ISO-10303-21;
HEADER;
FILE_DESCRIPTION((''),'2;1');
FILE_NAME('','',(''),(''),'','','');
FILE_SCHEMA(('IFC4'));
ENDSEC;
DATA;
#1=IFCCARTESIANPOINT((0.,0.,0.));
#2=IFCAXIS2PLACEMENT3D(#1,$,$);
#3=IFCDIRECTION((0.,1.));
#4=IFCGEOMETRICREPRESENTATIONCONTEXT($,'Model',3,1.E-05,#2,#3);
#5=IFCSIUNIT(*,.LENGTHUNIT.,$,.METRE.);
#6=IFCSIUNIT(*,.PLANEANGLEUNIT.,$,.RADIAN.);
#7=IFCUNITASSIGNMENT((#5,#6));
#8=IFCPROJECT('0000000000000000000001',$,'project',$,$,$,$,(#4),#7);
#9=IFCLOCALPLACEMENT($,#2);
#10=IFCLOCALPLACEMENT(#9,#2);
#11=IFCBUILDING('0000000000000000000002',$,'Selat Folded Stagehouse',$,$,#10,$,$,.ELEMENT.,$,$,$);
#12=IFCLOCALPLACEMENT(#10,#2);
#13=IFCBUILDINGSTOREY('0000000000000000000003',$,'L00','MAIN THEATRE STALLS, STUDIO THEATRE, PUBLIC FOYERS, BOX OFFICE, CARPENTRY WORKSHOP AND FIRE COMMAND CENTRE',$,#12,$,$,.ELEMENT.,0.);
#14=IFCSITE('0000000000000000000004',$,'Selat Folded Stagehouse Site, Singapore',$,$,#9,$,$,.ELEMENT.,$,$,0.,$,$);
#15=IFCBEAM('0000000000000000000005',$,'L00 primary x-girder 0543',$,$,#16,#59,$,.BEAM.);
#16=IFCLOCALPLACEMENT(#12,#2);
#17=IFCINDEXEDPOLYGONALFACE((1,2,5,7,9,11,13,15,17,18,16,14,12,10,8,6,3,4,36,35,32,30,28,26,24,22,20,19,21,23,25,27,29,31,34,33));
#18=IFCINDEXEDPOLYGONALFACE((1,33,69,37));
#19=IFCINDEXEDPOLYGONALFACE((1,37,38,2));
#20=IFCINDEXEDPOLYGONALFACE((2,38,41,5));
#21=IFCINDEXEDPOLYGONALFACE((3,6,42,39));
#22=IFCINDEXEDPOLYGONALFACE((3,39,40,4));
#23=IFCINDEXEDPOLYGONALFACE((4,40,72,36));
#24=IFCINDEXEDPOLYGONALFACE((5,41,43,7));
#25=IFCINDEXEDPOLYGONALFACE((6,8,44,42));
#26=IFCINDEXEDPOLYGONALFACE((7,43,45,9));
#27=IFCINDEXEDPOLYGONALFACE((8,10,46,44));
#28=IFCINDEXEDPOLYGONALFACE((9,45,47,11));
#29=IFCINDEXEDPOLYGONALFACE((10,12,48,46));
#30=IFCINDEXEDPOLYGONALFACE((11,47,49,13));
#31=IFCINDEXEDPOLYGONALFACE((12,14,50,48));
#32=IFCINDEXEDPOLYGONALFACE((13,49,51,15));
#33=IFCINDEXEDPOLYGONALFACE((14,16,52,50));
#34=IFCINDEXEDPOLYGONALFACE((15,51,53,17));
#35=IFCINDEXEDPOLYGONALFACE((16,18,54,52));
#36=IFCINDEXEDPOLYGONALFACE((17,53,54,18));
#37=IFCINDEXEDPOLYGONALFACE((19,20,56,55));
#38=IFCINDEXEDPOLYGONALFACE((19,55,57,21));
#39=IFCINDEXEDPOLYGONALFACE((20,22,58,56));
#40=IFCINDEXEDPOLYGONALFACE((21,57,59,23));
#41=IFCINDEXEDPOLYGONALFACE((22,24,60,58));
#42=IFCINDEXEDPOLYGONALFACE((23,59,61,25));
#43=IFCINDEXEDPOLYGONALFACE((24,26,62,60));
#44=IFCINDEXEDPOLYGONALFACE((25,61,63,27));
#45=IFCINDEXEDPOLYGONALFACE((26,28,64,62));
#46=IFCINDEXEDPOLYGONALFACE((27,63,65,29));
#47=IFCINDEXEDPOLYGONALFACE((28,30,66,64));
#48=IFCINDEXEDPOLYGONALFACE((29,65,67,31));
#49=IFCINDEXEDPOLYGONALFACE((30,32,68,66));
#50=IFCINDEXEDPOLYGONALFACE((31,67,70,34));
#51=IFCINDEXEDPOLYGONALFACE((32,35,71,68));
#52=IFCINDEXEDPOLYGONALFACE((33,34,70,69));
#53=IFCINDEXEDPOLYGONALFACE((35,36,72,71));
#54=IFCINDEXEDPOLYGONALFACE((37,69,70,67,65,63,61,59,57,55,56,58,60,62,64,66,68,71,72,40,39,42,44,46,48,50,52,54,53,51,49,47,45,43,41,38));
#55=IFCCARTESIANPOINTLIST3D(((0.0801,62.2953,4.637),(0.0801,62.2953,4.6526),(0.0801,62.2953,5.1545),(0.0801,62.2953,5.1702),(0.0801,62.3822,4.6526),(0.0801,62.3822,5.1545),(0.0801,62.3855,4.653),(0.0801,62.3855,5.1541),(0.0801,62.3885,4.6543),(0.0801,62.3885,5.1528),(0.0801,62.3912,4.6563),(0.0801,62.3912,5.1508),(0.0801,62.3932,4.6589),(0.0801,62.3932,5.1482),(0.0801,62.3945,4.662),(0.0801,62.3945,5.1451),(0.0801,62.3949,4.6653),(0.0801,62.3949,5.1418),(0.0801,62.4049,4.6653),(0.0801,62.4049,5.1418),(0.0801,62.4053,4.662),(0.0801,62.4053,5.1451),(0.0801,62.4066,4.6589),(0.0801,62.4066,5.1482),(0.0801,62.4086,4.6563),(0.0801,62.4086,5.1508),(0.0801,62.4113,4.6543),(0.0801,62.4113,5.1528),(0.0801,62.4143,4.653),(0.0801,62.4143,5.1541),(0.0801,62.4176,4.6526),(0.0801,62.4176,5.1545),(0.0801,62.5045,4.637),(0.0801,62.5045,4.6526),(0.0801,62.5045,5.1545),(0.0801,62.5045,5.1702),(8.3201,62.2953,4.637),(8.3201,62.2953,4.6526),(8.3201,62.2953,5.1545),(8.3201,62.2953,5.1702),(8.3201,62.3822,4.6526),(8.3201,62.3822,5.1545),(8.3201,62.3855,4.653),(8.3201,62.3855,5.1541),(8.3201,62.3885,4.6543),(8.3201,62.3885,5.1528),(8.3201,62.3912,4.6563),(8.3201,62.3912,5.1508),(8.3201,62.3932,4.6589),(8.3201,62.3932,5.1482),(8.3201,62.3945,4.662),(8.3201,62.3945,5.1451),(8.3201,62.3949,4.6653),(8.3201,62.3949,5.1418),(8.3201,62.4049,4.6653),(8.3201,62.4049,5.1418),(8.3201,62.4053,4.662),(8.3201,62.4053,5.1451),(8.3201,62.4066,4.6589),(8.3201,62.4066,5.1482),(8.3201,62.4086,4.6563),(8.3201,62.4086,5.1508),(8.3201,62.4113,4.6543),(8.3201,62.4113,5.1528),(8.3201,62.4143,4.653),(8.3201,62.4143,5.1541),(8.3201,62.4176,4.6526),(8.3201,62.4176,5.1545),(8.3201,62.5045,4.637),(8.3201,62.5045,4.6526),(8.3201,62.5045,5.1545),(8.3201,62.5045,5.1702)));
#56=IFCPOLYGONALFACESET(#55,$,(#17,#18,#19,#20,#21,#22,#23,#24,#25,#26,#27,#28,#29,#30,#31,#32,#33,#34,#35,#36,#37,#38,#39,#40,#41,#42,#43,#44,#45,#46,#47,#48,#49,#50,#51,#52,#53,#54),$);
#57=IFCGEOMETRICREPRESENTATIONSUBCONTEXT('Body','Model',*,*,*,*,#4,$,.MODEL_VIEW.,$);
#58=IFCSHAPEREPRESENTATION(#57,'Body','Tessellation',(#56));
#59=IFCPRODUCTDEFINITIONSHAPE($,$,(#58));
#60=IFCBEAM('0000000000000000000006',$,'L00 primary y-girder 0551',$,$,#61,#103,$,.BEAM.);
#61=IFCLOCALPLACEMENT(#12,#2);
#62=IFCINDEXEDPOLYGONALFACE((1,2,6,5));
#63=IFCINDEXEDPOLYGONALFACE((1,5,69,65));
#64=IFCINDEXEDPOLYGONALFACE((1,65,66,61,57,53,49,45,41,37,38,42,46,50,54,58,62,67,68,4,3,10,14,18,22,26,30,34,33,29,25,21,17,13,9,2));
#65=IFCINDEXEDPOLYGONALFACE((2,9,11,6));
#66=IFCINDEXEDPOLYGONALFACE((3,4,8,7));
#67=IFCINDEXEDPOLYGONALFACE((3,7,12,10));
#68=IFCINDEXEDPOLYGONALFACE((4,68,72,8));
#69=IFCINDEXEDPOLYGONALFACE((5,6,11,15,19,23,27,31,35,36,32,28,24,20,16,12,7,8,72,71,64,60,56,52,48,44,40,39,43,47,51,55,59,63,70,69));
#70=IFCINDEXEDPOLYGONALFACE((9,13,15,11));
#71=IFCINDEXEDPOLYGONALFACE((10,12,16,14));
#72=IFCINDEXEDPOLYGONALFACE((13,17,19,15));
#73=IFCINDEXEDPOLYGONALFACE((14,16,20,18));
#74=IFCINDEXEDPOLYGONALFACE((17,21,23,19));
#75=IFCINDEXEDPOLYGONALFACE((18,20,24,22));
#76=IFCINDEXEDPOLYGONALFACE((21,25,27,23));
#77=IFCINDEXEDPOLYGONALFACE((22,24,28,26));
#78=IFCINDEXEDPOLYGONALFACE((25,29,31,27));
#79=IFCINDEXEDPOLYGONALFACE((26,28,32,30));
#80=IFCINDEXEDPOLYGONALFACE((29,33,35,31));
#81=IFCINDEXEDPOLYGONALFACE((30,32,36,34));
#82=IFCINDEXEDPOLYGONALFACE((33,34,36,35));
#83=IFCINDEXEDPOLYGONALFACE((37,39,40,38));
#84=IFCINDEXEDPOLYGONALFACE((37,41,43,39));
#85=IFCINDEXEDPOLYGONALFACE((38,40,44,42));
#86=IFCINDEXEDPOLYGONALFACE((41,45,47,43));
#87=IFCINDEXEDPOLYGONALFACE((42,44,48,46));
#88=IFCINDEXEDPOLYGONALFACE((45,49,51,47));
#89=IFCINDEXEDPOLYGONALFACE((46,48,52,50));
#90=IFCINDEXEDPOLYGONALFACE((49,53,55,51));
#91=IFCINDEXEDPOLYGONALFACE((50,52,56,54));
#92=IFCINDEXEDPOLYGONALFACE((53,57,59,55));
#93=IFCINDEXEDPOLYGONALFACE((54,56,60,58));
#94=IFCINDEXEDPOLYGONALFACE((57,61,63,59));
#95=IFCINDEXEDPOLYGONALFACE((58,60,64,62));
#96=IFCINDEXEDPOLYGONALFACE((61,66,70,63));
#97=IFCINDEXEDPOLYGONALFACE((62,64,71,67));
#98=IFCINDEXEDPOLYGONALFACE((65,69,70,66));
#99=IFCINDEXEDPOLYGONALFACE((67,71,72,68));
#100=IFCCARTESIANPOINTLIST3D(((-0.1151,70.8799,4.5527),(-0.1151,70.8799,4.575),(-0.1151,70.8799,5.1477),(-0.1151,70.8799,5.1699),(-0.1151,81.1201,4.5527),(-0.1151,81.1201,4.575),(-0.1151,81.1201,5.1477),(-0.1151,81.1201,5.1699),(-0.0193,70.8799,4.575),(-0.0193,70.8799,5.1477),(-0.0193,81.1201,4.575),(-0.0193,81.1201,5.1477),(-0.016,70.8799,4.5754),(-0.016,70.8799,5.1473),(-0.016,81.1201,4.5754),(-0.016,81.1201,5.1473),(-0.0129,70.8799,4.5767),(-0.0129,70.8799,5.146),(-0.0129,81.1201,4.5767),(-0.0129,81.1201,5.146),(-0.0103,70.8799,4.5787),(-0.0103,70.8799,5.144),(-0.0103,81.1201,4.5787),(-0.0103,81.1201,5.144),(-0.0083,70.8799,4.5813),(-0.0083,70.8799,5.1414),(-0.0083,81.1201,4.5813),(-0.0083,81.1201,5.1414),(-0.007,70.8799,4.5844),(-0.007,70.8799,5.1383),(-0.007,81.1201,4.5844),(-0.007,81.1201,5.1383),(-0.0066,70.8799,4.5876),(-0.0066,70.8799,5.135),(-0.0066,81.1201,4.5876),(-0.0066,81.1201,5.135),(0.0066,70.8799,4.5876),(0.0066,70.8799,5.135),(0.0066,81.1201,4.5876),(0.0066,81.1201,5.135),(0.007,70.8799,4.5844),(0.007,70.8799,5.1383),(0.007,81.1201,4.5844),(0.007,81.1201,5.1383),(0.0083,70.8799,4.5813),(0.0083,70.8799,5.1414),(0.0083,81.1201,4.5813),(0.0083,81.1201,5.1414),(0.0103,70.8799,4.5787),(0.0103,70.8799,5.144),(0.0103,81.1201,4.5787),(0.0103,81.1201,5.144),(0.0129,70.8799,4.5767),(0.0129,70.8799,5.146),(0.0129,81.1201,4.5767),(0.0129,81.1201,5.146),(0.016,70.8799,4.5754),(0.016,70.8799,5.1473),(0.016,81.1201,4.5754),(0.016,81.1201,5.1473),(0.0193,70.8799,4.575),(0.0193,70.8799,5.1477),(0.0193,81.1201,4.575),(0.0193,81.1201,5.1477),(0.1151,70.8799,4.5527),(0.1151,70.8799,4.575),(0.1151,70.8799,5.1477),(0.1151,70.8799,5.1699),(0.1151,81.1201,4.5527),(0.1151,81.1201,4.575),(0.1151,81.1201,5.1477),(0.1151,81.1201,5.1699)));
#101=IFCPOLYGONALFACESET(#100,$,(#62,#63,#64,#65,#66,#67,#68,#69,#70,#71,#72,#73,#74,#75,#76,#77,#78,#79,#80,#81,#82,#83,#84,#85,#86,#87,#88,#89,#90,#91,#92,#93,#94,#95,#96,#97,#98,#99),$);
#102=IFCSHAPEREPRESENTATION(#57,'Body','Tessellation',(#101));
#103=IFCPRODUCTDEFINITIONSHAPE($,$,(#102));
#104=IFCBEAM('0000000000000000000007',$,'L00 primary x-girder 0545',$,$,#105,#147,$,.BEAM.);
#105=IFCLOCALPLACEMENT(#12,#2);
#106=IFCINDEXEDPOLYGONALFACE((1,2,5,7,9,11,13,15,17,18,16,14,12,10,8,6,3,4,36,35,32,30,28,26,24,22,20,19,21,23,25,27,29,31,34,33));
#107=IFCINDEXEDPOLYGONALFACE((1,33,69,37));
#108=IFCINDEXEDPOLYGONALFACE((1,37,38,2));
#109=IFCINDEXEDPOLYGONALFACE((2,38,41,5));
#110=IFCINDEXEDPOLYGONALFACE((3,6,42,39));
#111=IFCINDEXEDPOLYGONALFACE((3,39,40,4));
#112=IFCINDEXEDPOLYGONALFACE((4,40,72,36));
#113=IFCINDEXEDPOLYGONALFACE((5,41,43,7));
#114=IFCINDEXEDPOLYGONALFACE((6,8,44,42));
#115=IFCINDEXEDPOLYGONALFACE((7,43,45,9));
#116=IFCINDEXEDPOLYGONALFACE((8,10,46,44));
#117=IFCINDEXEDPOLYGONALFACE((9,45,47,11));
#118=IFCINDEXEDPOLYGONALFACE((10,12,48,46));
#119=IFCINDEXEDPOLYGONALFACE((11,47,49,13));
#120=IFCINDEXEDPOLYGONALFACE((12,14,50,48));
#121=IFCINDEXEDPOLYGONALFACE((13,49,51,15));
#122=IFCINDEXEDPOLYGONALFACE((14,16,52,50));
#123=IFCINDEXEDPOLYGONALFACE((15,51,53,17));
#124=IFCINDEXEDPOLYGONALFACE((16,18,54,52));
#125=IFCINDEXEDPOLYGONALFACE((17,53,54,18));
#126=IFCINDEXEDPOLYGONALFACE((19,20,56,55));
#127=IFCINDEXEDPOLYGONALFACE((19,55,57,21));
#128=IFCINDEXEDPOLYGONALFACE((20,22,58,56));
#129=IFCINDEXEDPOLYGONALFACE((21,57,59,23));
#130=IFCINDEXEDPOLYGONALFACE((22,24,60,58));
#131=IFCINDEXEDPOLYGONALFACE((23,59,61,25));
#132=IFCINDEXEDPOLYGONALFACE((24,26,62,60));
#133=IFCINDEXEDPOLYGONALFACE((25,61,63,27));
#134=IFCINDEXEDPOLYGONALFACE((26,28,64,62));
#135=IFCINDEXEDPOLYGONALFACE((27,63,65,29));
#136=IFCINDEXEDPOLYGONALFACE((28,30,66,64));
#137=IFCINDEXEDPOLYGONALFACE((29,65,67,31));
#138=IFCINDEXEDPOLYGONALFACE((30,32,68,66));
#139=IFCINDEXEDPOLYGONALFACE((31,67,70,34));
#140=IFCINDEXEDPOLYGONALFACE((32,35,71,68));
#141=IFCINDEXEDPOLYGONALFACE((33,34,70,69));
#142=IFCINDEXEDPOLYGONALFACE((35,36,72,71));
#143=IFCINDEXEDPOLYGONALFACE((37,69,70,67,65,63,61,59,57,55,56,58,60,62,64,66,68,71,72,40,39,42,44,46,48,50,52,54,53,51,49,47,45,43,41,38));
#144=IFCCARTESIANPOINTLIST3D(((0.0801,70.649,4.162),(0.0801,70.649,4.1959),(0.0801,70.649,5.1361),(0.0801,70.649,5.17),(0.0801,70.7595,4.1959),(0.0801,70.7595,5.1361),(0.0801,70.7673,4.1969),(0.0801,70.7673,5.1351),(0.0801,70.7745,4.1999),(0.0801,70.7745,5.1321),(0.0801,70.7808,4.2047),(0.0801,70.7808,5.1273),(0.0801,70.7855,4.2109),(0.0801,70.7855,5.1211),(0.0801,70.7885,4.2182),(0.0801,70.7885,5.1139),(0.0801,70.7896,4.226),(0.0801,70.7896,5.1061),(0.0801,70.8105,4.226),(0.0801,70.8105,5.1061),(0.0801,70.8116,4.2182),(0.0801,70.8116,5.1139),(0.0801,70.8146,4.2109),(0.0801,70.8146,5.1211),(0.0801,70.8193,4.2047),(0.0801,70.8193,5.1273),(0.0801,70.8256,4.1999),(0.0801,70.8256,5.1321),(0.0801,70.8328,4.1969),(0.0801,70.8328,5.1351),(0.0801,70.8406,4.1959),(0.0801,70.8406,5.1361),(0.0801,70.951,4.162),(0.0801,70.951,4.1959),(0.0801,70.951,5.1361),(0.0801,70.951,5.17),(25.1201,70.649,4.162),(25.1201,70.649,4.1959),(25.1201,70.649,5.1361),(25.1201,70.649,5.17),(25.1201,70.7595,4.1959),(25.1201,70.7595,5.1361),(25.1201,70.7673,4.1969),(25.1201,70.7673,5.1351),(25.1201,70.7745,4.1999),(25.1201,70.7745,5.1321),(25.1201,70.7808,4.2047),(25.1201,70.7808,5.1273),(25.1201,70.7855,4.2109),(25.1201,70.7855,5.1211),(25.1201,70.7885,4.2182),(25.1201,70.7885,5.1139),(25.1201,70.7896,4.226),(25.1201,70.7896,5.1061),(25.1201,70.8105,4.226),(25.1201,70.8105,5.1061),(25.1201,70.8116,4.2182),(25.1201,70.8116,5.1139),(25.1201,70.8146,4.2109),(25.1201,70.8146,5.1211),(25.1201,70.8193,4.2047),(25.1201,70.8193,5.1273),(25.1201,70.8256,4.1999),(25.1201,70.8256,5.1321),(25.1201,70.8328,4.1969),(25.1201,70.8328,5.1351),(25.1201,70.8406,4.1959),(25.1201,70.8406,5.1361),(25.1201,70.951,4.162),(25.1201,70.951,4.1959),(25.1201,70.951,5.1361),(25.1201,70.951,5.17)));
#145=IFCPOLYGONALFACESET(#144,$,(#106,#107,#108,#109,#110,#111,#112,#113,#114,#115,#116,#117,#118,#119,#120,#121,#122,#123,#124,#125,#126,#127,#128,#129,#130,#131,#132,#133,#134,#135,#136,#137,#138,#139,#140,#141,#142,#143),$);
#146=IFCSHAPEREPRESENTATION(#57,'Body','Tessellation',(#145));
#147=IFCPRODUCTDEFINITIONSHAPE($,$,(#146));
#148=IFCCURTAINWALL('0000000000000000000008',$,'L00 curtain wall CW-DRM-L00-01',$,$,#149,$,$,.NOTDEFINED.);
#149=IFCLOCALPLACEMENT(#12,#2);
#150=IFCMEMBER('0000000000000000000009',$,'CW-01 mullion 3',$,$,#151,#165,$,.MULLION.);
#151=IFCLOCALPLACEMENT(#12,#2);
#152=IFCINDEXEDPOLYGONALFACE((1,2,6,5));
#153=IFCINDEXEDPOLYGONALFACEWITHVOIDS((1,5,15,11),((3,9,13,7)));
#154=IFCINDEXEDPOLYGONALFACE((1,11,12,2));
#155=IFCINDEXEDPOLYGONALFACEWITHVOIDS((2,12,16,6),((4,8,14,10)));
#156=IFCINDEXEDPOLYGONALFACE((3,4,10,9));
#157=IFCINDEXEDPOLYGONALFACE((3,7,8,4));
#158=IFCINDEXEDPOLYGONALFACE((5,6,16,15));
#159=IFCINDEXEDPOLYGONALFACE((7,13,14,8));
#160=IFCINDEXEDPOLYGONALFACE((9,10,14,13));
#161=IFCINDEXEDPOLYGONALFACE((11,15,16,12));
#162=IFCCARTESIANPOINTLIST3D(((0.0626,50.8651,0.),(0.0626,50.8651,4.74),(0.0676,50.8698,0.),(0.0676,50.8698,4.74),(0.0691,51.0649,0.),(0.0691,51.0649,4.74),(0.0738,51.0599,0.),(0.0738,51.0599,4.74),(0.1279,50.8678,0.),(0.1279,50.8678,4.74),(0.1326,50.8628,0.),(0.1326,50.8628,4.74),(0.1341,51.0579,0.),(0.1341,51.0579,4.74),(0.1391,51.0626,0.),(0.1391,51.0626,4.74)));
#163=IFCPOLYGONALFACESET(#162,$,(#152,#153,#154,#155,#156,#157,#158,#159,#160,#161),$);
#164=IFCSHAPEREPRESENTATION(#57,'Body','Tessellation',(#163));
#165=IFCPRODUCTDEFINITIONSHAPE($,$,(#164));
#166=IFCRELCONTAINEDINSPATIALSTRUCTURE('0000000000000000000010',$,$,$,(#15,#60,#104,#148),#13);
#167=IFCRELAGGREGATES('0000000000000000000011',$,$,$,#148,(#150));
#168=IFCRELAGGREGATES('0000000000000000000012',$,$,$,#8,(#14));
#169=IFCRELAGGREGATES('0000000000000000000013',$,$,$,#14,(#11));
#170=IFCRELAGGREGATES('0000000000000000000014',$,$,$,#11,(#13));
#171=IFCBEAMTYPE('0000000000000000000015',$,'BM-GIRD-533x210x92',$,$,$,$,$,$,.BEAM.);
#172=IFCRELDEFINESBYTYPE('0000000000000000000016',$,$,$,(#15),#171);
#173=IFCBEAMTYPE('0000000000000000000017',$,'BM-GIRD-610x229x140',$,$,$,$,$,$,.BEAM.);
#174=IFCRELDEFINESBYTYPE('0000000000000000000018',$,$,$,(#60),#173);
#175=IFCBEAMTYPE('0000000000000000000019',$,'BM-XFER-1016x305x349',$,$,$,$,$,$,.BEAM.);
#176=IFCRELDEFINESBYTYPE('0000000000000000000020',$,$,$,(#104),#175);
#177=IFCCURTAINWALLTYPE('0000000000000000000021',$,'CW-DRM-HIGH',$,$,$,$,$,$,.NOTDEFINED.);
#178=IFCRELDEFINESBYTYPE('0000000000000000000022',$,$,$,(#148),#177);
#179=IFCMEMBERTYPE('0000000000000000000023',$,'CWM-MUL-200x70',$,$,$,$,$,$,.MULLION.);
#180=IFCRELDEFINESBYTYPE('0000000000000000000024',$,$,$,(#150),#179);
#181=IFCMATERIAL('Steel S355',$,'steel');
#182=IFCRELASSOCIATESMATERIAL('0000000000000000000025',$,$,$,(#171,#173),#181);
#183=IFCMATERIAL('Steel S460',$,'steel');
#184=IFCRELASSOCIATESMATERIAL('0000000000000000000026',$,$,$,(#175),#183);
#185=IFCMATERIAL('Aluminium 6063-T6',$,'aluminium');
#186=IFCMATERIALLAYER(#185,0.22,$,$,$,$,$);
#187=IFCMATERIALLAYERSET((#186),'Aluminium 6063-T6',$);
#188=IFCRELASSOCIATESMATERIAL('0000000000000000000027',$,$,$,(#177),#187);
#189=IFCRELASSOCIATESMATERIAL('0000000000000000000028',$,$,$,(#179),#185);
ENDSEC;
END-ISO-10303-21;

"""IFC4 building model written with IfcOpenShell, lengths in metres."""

from ifc_helpers import new_model, si_unit, direction, frame, origin, origin_2d, place, context, subcontext, project, spatial, hollow_rectangle, i_section, extrude, material, layer, layer_set, material_profile, profile_set, type_object, element, aggregate, save


model = new_model("IFC4")

# Units and contexts
model_context = context("Model", 3, precision=1e-05, world=origin(), true_north=direction((0.0, 1.0)))
body_context = subcontext(model_context, "Body", "Model", "MODEL_VIEW")
ifc_project = project(units=[si_unit("LENGTHUNIT", "METRE"), si_unit("PLANEANGLEUNIT", "RADIAN")], contexts=[model_context])

# Site, building, storey
site_placement = place(None, origin())
site = spatial("IfcSite", under=ifc_project, at=site_placement, Name="Selat Folded Stagehouse Site, Singapore", CompositionType="ELEMENT", RefElevation=0.0)
building_placement = place(site_placement, origin())
building = spatial("IfcBuilding", under=site, at=building_placement, Name="Selat Folded Stagehouse", CompositionType="ELEMENT")
storey_placement = place(building_placement, origin())
storey = spatial("IfcBuildingStorey", under=building, at=storey_placement, Name="L00", Description="MAIN THEATRE STALLS, STUDIO THEATRE, PUBLIC FOYERS, BOX OFFICE, CARPENTRY WORKSHOP AND FIRE COMMAND CENTRE", CompositionType="ELEMENT", Elevation=0.0)

# Shared definitions
ifc_material_1 = material(Name="Steel S355", Category="steel")

# Beams
ifc_material_profile_1 = material_profile(ifc_material_1, i_section(OverallWidth=0.2092, OverallDepth=0.5332, WebThickness=0.01, FlangeThickness=0.0156, FilletRadius=0.0127, at=origin_2d()), Name="UKB 533x210x92")
ifc_profile_set_1 = profile_set([ifc_material_profile_1], Name="Steel S355")
beam_type_1 = type_object("IfcBeamType", Name="BM-GIRD-533x210x92", PredefinedType="BEAM", material=ifc_profile_set_1)
beam_1_placement = place(storey_placement, frame((0.0801, 62.3999, 4.9036), z_axis=(1.0, 0.0, 0.0), x_axis=(0.0, 1.0, 0.0)))
element("IfcBeam", 1, at=beam_1_placement, inside=storey, type_object=beam_type_1, Name="L00 primary x-girder 0543", PredefinedType="BEAM", context=body_context, shape_type="SweptSolid", body=[
    extrude(i_section(OverallWidth=0.2092, OverallDepth=0.5332, WebThickness=0.01, FlangeThickness=0.0156, FilletRadius=0.0127, at=origin_2d()), origin(), (0.0, 0.0, 1.0), 8.24),
])
ifc_material_profile_2 = material_profile(ifc_material_1, i_section(OverallWidth=0.2302, OverallDepth=0.6172, WebThickness=0.0132, FlangeThickness=0.0222, FilletRadius=0.0127, at=origin_2d()), Name="UKB 610x229x140")
ifc_profile_set_2 = profile_set([ifc_material_profile_2], Name="Steel S355")
beam_type_2 = type_object("IfcBeamType", Name="BM-GIRD-610x229x140", PredefinedType="BEAM", material=ifc_profile_set_2)
beam_2_placement = place(storey_placement, frame((0.0, 70.8799, 4.8613), z_axis=(0.0, 1.0, 0.0), x_axis=(-1.0, 0.0, 0.0)))
element("IfcBeam", 2, at=beam_2_placement, inside=storey, type_object=beam_type_2, Name="L00 primary y-girder 0551", PredefinedType="BEAM", context=body_context, shape_type="SweptSolid", body=[
    extrude(i_section(OverallWidth=0.2302, OverallDepth=0.6172, WebThickness=0.0132, FlangeThickness=0.0222, FilletRadius=0.0127, at=origin_2d()), origin(), (0.0, 0.0, 1.0), 10.2402),
])
ifc_material_2 = material(Name="Steel S460", Category="steel")
ifc_material_profile_3 = material_profile(ifc_material_2, i_section(OverallWidth=0.302, OverallDepth=1.0081, WebThickness=0.021, FlangeThickness=0.0339, FilletRadius=0.03, at=origin_2d()), Name="UKB 1016x305x349")
ifc_profile_set_3 = profile_set([ifc_material_profile_3], Name="Steel S460")
beam_type_3 = type_object("IfcBeamType", Name="BM-XFER-1016x305x349", PredefinedType="BEAM", material=ifc_profile_set_3)
beam_3_placement = place(storey_placement, frame((0.0801, 70.8, 4.666), z_axis=(1.0, 0.0, 0.0), x_axis=(0.0, 1.0, 0.0)))
element("IfcBeam", 3, at=beam_3_placement, inside=storey, type_object=beam_type_3, Name="L00 primary x-girder 0545", PredefinedType="BEAM", context=body_context, shape_type="SweptSolid", body=[
    extrude(i_section(OverallWidth=0.302, OverallDepth=1.0081, WebThickness=0.021, FlangeThickness=0.0339, FilletRadius=0.03, at=origin_2d()), origin(), (0.0, 0.0, 1.0), 25.04),
])

# Curtain wall, member
ifc_material_3 = material(Name="Aluminium 6063-T6", Category="aluminium")
ifc_layer_1 = layer(ifc_material_3, 0.22)
ifc_layer_set_1 = layer_set([ifc_layer_1], Name="Aluminium 6063-T6")
curtain_wall_type = type_object("IfcCurtainWallType", Name="CW-DRM-HIGH", PredefinedType="NOTDEFINED", material=ifc_layer_set_1)
curtain_wall_placement = place(storey_placement, origin())
curtain_wall = element("IfcCurtainWall", 4, at=curtain_wall_placement, inside=storey, type_object=curtain_wall_type, Name="L00 curtain wall CW-DRM-L00-01", PredefinedType="NOTDEFINED")
ifc_material_profile_4 = material_profile(ifc_material_3, hollow_rectangle(XDim=0.0701, YDim=0.2, WallThickness=0.0049, at=origin_2d()), Name="ALU 200x70x5.0")
ifc_profile_set_4 = profile_set([ifc_material_profile_4], Name="Aluminium 6063-T6")
member_type = type_object("IfcMemberType", Name="CWM-MUL-200x70", PredefinedType="MULLION", material=ifc_profile_set_4)
member_placement = place(storey_placement, frame((0.1008, 50.9639, 0.0), z_axis=(0.0, 0.0, 1.0), x_axis=(-0.999468, 0.032625, 0.0)))
member = element("IfcMember", 5, at=member_placement, type_object=member_type, Name="CW-01 mullion 3", PredefinedType="MULLION", context=body_context, shape_type="SweptSolid", body=[
    extrude(hollow_rectangle(XDim=0.0701, YDim=0.2, WallThickness=0.0049, at=origin_2d()), origin(), (0.0, 0.0, 1.0), 4.74),
])
aggregate(curtain_wall, [member])

save(model, "model.ifc")
